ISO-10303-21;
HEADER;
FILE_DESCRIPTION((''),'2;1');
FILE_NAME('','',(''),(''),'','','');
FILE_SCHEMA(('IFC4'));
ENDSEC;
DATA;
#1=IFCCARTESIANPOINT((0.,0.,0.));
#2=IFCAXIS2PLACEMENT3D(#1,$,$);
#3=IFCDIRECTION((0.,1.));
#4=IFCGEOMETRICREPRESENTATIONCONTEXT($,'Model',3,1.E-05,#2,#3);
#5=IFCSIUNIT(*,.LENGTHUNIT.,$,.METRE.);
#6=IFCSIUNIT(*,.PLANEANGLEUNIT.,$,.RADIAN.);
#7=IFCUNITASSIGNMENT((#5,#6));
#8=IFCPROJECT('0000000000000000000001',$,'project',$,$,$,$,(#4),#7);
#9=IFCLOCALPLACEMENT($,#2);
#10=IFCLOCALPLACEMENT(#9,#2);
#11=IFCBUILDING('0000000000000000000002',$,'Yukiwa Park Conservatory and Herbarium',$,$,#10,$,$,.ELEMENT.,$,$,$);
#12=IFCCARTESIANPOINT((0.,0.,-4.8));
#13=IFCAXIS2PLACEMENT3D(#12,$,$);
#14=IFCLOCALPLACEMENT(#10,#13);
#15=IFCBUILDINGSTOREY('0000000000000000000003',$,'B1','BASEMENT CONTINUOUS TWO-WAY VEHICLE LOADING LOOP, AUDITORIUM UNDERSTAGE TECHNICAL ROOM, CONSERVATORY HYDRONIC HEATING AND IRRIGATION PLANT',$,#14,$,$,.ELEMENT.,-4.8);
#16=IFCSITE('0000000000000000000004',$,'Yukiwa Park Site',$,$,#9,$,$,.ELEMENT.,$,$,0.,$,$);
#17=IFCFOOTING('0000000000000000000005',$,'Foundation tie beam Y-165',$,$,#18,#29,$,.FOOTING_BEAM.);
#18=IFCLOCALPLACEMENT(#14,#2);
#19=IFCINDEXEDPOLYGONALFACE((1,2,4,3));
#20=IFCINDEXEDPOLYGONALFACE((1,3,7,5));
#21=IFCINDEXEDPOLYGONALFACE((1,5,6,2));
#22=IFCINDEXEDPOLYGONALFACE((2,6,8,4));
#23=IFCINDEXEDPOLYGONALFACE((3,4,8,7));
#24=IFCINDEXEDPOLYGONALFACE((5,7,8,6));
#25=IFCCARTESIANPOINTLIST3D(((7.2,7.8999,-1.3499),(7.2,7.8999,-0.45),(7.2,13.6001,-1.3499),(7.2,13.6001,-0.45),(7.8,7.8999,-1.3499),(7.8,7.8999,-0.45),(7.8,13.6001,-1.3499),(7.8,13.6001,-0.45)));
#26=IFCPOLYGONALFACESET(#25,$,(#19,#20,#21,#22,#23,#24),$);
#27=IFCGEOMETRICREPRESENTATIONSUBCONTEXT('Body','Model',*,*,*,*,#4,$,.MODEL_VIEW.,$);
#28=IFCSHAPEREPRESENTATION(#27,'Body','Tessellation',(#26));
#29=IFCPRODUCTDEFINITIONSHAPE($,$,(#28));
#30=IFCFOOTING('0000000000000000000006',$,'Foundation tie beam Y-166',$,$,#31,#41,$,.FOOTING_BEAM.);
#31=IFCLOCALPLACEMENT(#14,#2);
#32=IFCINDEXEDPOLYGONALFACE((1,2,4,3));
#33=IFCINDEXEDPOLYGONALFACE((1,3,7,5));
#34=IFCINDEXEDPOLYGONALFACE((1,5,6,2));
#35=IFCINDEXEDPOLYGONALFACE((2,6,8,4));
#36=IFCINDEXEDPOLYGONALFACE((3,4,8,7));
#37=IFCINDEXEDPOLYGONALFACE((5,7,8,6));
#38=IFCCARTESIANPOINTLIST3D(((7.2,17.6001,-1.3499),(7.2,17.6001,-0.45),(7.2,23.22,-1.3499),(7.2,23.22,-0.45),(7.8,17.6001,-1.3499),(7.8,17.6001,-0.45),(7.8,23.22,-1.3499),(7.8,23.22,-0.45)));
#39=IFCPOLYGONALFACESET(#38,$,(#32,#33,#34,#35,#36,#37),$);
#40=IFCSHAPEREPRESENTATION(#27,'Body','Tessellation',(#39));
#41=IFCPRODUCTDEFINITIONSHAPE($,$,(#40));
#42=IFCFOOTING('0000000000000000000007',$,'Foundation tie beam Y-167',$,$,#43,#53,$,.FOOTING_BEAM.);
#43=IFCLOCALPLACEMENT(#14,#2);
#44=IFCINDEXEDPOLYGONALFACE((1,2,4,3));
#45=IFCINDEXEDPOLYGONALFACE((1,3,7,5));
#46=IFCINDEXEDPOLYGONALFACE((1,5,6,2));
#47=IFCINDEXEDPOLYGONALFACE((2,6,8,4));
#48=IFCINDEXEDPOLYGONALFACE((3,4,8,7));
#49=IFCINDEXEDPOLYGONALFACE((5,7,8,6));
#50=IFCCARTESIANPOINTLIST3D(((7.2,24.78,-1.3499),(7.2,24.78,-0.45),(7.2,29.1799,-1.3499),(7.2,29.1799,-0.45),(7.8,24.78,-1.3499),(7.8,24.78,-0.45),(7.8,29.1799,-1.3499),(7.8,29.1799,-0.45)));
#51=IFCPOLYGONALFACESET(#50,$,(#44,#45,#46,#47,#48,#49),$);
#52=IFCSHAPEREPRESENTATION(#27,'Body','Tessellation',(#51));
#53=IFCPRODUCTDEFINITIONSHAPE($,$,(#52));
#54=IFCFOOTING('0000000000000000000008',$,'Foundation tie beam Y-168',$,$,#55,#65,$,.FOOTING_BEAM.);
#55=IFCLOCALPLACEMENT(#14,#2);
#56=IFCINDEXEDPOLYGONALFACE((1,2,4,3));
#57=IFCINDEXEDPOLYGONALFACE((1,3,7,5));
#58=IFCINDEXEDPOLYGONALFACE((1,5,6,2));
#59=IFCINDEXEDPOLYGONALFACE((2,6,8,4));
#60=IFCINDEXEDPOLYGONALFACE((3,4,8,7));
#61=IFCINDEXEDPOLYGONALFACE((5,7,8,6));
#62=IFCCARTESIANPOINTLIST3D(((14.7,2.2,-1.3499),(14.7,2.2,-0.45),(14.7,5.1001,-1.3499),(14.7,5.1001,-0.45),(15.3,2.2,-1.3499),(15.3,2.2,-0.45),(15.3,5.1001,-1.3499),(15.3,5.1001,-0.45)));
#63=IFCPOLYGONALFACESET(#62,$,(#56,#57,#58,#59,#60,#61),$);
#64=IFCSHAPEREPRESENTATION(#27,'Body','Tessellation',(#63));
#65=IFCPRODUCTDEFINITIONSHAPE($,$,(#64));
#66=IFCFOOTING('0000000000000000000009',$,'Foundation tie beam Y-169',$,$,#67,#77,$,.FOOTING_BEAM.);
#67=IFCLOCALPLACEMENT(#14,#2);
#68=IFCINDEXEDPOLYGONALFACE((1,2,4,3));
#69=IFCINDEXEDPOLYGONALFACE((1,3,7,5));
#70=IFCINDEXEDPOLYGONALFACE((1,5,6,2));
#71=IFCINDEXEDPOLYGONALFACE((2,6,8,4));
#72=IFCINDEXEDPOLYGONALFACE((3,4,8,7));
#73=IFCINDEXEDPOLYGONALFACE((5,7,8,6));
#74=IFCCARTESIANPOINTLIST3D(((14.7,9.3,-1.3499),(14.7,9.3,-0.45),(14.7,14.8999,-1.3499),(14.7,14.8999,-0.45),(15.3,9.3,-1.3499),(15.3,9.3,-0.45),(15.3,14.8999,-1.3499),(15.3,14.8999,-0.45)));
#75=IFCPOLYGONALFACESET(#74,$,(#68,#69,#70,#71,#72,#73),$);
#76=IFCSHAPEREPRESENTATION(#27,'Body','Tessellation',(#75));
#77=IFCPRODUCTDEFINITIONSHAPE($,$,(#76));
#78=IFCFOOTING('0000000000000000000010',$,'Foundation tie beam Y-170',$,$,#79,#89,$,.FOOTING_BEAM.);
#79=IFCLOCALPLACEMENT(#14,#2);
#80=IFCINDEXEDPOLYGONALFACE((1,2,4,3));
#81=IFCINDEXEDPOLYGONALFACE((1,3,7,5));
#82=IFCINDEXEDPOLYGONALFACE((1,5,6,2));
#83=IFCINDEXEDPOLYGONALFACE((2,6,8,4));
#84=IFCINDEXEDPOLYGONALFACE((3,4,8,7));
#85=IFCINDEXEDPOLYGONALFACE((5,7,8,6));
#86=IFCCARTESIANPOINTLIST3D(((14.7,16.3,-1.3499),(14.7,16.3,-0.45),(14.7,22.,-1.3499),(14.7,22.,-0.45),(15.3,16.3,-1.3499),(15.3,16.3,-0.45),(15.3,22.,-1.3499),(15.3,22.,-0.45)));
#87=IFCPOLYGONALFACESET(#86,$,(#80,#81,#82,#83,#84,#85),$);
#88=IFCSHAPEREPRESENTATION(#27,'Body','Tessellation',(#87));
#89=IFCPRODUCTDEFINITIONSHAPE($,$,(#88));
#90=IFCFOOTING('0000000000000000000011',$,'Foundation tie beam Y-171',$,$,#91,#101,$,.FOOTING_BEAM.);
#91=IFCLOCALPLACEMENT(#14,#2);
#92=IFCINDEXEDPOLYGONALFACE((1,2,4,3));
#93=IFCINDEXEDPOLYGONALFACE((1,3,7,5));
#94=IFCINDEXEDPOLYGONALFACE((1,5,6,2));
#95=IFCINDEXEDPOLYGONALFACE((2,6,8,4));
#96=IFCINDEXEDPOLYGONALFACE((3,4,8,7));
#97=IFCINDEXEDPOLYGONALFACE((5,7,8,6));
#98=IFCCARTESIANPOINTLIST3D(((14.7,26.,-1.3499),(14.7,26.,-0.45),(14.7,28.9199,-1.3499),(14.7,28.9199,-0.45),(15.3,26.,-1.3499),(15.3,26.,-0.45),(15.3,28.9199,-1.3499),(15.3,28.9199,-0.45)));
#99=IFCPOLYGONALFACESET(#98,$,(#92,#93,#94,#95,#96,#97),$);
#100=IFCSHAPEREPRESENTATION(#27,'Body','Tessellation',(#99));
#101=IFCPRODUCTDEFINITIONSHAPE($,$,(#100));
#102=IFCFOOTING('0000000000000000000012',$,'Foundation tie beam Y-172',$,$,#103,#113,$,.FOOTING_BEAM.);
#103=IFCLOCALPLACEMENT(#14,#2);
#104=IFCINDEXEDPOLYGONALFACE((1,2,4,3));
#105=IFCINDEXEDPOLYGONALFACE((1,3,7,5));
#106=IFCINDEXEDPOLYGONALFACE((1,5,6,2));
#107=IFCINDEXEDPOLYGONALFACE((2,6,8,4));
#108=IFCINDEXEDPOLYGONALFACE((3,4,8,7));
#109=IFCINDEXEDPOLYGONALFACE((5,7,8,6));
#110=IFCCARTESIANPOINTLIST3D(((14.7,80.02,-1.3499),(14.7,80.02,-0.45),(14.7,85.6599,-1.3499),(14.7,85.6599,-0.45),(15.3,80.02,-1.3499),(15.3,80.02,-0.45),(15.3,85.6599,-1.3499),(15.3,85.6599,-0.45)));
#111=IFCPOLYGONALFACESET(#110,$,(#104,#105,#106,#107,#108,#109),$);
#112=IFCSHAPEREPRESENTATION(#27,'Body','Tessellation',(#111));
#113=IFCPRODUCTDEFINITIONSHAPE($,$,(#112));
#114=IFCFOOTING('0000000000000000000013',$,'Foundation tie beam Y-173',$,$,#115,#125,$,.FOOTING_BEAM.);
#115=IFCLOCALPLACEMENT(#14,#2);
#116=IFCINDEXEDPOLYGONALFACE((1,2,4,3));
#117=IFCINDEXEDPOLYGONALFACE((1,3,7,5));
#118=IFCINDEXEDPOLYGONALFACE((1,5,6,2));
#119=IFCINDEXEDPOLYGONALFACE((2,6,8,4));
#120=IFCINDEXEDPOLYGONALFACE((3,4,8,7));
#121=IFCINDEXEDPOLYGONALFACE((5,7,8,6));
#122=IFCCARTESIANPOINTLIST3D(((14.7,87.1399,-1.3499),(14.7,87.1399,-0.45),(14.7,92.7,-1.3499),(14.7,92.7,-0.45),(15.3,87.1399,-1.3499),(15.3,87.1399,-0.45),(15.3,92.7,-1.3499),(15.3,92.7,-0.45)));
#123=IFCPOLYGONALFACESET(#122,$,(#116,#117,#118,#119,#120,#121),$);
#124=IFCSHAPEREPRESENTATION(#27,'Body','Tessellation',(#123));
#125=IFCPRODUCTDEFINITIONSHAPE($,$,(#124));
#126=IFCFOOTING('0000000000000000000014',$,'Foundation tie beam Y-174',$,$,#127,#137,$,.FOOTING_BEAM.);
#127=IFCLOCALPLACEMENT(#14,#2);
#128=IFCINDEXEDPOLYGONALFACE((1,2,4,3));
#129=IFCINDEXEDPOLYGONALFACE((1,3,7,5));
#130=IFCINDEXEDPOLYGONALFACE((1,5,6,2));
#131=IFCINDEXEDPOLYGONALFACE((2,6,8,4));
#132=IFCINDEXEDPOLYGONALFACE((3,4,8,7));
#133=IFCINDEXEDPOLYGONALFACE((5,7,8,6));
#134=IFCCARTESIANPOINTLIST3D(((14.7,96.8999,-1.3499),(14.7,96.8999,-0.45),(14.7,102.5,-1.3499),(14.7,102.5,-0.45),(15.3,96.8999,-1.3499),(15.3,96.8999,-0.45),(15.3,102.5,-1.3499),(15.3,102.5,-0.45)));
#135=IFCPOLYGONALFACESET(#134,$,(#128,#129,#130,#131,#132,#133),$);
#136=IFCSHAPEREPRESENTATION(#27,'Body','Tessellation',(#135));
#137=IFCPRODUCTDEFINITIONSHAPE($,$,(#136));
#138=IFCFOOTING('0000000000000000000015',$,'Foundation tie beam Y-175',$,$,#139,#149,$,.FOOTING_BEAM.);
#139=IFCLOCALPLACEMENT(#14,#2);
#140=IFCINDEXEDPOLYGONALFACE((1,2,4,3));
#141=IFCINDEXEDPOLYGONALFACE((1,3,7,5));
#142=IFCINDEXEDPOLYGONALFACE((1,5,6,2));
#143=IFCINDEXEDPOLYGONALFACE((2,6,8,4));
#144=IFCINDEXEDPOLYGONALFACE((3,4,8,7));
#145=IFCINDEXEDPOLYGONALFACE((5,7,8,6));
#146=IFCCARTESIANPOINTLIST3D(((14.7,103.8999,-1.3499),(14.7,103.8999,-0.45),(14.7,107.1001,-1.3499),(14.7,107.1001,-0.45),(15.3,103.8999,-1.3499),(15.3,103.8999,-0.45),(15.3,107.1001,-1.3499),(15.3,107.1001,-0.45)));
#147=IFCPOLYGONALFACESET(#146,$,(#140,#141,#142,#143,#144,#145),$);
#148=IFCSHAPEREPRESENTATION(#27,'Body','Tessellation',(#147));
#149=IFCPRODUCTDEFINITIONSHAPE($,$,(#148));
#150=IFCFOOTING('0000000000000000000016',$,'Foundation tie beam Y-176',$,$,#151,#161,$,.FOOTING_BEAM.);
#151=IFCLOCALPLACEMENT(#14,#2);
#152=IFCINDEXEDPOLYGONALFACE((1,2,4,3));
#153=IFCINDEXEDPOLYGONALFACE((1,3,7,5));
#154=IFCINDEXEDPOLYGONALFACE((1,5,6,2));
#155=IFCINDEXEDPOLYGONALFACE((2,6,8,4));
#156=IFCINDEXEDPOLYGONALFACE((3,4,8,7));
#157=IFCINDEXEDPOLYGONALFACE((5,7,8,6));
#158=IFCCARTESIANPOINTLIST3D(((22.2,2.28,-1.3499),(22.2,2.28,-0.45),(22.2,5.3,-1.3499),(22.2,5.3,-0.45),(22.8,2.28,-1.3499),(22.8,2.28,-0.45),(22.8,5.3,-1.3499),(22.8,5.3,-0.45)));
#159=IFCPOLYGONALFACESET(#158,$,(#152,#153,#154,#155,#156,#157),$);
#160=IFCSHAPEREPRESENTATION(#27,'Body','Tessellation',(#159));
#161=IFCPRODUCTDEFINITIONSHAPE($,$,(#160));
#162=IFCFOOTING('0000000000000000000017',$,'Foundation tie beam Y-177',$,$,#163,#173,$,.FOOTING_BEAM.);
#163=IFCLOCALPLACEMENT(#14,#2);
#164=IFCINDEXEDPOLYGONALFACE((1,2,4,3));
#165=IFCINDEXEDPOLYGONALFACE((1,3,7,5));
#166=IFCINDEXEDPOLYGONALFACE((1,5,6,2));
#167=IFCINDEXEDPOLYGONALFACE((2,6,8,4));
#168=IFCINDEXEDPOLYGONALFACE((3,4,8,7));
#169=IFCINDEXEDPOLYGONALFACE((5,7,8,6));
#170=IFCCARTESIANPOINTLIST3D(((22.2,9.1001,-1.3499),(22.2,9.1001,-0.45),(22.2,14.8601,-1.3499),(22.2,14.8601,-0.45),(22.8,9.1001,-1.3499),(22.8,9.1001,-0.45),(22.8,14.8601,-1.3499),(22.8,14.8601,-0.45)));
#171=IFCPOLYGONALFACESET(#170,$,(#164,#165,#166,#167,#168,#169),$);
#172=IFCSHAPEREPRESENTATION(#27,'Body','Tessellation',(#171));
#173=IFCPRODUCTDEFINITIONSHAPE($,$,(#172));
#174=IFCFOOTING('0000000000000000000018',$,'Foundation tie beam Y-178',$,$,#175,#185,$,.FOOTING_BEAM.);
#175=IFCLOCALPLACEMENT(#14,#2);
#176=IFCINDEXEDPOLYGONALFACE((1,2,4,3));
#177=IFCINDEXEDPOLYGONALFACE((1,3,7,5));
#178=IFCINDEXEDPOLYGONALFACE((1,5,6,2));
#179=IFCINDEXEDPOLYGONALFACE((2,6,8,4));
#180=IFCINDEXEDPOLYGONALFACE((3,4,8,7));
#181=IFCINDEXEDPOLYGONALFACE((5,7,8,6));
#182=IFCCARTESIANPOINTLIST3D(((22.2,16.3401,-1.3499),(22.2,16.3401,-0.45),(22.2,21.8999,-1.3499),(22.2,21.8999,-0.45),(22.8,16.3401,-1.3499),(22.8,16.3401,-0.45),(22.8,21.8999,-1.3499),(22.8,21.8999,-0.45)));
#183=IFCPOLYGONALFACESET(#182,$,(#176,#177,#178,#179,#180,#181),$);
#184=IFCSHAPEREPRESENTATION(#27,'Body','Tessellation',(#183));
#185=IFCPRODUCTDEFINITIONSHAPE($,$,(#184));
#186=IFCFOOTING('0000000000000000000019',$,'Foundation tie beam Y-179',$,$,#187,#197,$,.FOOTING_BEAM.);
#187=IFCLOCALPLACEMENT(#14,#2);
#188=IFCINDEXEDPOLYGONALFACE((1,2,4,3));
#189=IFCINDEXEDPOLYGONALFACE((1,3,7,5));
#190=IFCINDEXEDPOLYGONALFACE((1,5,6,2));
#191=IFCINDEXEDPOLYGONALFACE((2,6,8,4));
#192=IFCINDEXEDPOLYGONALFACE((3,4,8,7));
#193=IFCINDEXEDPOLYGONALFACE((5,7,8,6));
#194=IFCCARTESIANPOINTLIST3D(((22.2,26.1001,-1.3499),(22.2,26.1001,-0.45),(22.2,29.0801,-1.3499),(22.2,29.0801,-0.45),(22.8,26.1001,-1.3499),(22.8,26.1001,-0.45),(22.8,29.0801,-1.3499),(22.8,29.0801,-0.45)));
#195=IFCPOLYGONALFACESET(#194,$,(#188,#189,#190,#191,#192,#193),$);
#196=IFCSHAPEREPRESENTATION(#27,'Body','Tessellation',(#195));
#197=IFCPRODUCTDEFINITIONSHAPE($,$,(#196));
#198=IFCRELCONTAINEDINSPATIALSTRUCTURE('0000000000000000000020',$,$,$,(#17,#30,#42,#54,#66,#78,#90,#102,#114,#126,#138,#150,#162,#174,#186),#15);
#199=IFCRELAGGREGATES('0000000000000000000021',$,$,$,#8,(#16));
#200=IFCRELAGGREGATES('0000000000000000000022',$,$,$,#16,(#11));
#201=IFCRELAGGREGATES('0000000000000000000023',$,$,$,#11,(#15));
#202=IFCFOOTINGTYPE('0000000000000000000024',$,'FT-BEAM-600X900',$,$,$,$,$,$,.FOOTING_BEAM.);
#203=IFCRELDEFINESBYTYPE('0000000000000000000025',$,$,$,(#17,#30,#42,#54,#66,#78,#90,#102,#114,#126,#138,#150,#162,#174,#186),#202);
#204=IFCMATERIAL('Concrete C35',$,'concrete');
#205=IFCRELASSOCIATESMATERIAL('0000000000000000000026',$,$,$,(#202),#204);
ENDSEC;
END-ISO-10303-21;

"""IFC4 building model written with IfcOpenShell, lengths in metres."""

from ifc_helpers import new_model, si_unit, direction, frame, origin, place, context, subcontext, project, spatial, polyline, outline, extrude, material, type_object, element, save


model = new_model("IFC4")

# Units and contexts
model_context = context("Model", 3, precision=1e-05, world=origin(), true_north=direction((0.0, 1.0)))
body_context = subcontext(model_context, "Body", "Model", "MODEL_VIEW")
ifc_project = project(units=[si_unit("LENGTHUNIT", "METRE"), si_unit("PLANEANGLEUNIT", "RADIAN")], contexts=[model_context])

# Site, building, storey
site_placement = place(None, origin())
site = spatial("IfcSite", under=ifc_project, at=site_placement, Name="Yukiwa Park Site", CompositionType="ELEMENT", RefElevation=0.0)
building_placement = place(site_placement, origin())
building = spatial("IfcBuilding", under=site, at=building_placement, Name="Yukiwa Park Conservatory and Herbarium", CompositionType="ELEMENT")
storey_placement = place(building_placement, frame((0.0, 0.0, -4.8)))
storey = spatial("IfcBuildingStorey", under=building, at=storey_placement, Name="B1", Description="BASEMENT CONTINUOUS TWO-WAY VEHICLE LOADING LOOP, AUDITORIUM UNDERSTAGE TECHNICAL ROOM, CONSERVATORY HYDRONIC HEATING AND IRRIGATION PLANT", CompositionType="ELEMENT", Elevation=-4.8)

# Footings
ifc_material_1 = material(Name="Concrete C35", Category="concrete")
footing_type = type_object("IfcFootingType", Name="FT-BEAM-600X900", PredefinedType="FOOTING_BEAM", material=ifc_material_1)
footing_1_placement = place(storey_placement, frame((0.0, 0.0, -1.3499)))
element("IfcFooting", 1, at=footing_1_placement, inside=storey, type_object=footing_type, Name="Foundation tie beam Y-165", PredefinedType="FOOTING_BEAM", context=body_context, shape_type="SweptSolid", body=[
    extrude(outline(polyline([(7.2, 7.8999), (7.8, 7.8999), (7.8, 13.6001), (7.2, 13.6001), (7.2, 7.8999)])), origin(), (0.0, 0.0, 1.0), 0.8999),
])
footing_2_placement = place(storey_placement, frame((0.0, 0.0, -1.3499)))
element("IfcFooting", 2, at=footing_2_placement, inside=storey, type_object=footing_type, Name="Foundation tie beam Y-166", PredefinedType="FOOTING_BEAM", context=body_context, shape_type="SweptSolid", body=[
    extrude(outline(polyline([(7.2, 17.6001), (7.8, 17.6001), (7.8, 23.22), (7.2, 23.22), (7.2, 17.6001)])), origin(), (0.0, 0.0, 1.0), 0.8999),
])
footing_3_placement = place(storey_placement, frame((0.0, 0.0, -1.3499)))
element("IfcFooting", 3, at=footing_3_placement, inside=storey, type_object=footing_type, Name="Foundation tie beam Y-167", PredefinedType="FOOTING_BEAM", context=body_context, shape_type="SweptSolid", body=[
    extrude(outline(polyline([(7.2, 24.78), (7.8, 24.78), (7.8, 29.1799), (7.2, 29.1799), (7.2, 24.78)])), origin(), (0.0, 0.0, 1.0), 0.8999),
])
footing_4_placement = place(storey_placement, frame((0.0, 0.0, -1.3499)))
element("IfcFooting", 4, at=footing_4_placement, inside=storey, type_object=footing_type, Name="Foundation tie beam Y-168", PredefinedType="FOOTING_BEAM", context=body_context, shape_type="SweptSolid", body=[
    extrude(outline(polyline([(14.7, 2.2), (15.3, 2.2), (15.3, 5.1001), (14.7, 5.1001), (14.7, 2.2)])), origin(), (0.0, 0.0, 1.0), 0.8999),
])
footing_5_placement = place(storey_placement, frame((0.0, 0.0, -1.3499)))
element("IfcFooting", 5, at=footing_5_placement, inside=storey, type_object=footing_type, Name="Foundation tie beam Y-169", PredefinedType="FOOTING_BEAM", context=body_context, shape_type="SweptSolid", body=[
    extrude(outline(polyline([(14.7, 9.3), (15.3, 9.3), (15.3, 14.8999), (14.7, 14.8999), (14.7, 9.3)])), origin(), (0.0, 0.0, 1.0), 0.8999),
])
footing_6_placement = place(storey_placement, frame((0.0, 0.0, -1.3499)))
element("IfcFooting", 6, at=footing_6_placement, inside=storey, type_object=footing_type, Name="Foundation tie beam Y-170", PredefinedType="FOOTING_BEAM", context=body_context, shape_type="SweptSolid", body=[
    extrude(outline(polyline([(14.7, 16.3), (15.3, 16.3), (15.3, 22.0), (14.7, 22.0), (14.7, 16.3)])), origin(), (0.0, 0.0, 1.0), 0.8999),
])
footing_7_placement = place(storey_placement, frame((0.0, 0.0, -1.3499)))
element("IfcFooting", 7, at=footing_7_placement, inside=storey, type_object=footing_type, Name="Foundation tie beam Y-171", PredefinedType="FOOTING_BEAM", context=body_context, shape_type="SweptSolid", body=[
    extrude(outline(polyline([(14.7, 26.0), (15.3, 26.0), (15.3, 28.9199), (14.7, 28.9199), (14.7, 26.0)])), origin(), (0.0, 0.0, 1.0), 0.8999),
])
footing_8_placement = place(storey_placement, frame((0.0, 0.0, -1.3499)))
element("IfcFooting", 8, at=footing_8_placement, inside=storey, type_object=footing_type, Name="Foundation tie beam Y-172", PredefinedType="FOOTING_BEAM", context=body_context, shape_type="SweptSolid", body=[
    extrude(outline(polyline([(14.7, 80.02), (15.3, 80.02), (15.3, 85.6599), (14.7, 85.6599), (14.7, 80.02)])), origin(), (0.0, 0.0, 1.0), 0.8999),
])
footing_9_placement = place(storey_placement, frame((0.0, 0.0, -1.3499)))
element("IfcFooting", 9, at=footing_9_placement, inside=storey, type_object=footing_type, Name="Foundation tie beam Y-173", PredefinedType="FOOTING_BEAM", context=body_context, shape_type="SweptSolid", body=[
    extrude(outline(polyline([(14.7, 87.1399), (15.3, 87.1399), (15.3, 92.7), (14.7, 92.7), (14.7, 87.1399)])), origin(), (0.0, 0.0, 1.0), 0.8999),
])
footing_10_placement = place(storey_placement, frame((0.0, 0.0, -1.3499)))
element("IfcFooting", 10, at=footing_10_placement, inside=storey, type_object=footing_type, Name="Foundation tie beam Y-174", PredefinedType="FOOTING_BEAM", context=body_context, shape_type="SweptSolid", body=[
    extrude(outline(polyline([(14.7, 96.8999), (15.3, 96.8999), (15.3, 102.5), (14.7, 102.5), (14.7, 96.8999)])), origin(), (0.0, 0.0, 1.0), 0.8999),
])
footing_11_placement = place(storey_placement, frame((0.0, 0.0, -1.3499)))
element("IfcFooting", 11, at=footing_11_placement, inside=storey, type_object=footing_type, Name="Foundation tie beam Y-175", PredefinedType="FOOTING_BEAM", context=body_context, shape_type="SweptSolid", body=[
    extrude(outline(polyline([(14.7, 103.8999), (15.3, 103.8999), (15.3, 107.1001), (14.7, 107.1001), (14.7, 103.8999)])), origin(), (0.0, 0.0, 1.0), 0.8999),
])
footing_12_placement = place(storey_placement, frame((0.0, 0.0, -1.3499)))
element("IfcFooting", 12, at=footing_12_placement, inside=storey, type_object=footing_type, Name="Foundation tie beam Y-176", PredefinedType="FOOTING_BEAM", context=body_context, shape_type="SweptSolid", body=[
    extrude(outline(polyline([(22.2, 2.28), (22.8, 2.28), (22.8, 5.3), (22.2, 5.3), (22.2, 2.28)])), origin(), (0.0, 0.0, 1.0), 0.8999),
])
footing_13_placement = place(storey_placement, frame((0.0, 0.0, -1.3499)))
element("IfcFooting", 13, at=footing_13_placement, inside=storey, type_object=footing_type, Name="Foundation tie beam Y-177", PredefinedType="FOOTING_BEAM", context=body_context, shape_type="SweptSolid", body=[
    extrude(outline(polyline([(22.2, 9.1001), (22.8, 9.1001), (22.8, 14.8601), (22.2, 14.8601), (22.2, 9.1001)])), origin(), (0.0, 0.0, 1.0), 0.8999),
])
footing_14_placement = place(storey_placement, frame((0.0, 0.0, -1.3499)))
element("IfcFooting", 14, at=footing_14_placement, inside=storey, type_object=footing_type, Name="Foundation tie beam Y-178", PredefinedType="FOOTING_BEAM", context=body_context, shape_type="SweptSolid", body=[
    extrude(outline(polyline([(22.2, 16.3401), (22.8, 16.3401), (22.8, 21.8999), (22.2, 21.8999), (22.2, 16.3401)])), origin(), (0.0, 0.0, 1.0), 0.8999),
])
footing_15_placement = place(storey_placement, frame((0.0, 0.0, -1.3499)))
element("IfcFooting", 15, at=footing_15_placement, inside=storey, type_object=footing_type, Name="Foundation tie beam Y-179", PredefinedType="FOOTING_BEAM", context=body_context, shape_type="SweptSolid", body=[
    extrude(outline(polyline([(22.2, 26.1001), (22.8, 26.1001), (22.8, 29.0801), (22.2, 29.0801), (22.2, 26.1001)])), origin(), (0.0, 0.0, 1.0), 0.8999),
])

save(model, "model.ifc")
